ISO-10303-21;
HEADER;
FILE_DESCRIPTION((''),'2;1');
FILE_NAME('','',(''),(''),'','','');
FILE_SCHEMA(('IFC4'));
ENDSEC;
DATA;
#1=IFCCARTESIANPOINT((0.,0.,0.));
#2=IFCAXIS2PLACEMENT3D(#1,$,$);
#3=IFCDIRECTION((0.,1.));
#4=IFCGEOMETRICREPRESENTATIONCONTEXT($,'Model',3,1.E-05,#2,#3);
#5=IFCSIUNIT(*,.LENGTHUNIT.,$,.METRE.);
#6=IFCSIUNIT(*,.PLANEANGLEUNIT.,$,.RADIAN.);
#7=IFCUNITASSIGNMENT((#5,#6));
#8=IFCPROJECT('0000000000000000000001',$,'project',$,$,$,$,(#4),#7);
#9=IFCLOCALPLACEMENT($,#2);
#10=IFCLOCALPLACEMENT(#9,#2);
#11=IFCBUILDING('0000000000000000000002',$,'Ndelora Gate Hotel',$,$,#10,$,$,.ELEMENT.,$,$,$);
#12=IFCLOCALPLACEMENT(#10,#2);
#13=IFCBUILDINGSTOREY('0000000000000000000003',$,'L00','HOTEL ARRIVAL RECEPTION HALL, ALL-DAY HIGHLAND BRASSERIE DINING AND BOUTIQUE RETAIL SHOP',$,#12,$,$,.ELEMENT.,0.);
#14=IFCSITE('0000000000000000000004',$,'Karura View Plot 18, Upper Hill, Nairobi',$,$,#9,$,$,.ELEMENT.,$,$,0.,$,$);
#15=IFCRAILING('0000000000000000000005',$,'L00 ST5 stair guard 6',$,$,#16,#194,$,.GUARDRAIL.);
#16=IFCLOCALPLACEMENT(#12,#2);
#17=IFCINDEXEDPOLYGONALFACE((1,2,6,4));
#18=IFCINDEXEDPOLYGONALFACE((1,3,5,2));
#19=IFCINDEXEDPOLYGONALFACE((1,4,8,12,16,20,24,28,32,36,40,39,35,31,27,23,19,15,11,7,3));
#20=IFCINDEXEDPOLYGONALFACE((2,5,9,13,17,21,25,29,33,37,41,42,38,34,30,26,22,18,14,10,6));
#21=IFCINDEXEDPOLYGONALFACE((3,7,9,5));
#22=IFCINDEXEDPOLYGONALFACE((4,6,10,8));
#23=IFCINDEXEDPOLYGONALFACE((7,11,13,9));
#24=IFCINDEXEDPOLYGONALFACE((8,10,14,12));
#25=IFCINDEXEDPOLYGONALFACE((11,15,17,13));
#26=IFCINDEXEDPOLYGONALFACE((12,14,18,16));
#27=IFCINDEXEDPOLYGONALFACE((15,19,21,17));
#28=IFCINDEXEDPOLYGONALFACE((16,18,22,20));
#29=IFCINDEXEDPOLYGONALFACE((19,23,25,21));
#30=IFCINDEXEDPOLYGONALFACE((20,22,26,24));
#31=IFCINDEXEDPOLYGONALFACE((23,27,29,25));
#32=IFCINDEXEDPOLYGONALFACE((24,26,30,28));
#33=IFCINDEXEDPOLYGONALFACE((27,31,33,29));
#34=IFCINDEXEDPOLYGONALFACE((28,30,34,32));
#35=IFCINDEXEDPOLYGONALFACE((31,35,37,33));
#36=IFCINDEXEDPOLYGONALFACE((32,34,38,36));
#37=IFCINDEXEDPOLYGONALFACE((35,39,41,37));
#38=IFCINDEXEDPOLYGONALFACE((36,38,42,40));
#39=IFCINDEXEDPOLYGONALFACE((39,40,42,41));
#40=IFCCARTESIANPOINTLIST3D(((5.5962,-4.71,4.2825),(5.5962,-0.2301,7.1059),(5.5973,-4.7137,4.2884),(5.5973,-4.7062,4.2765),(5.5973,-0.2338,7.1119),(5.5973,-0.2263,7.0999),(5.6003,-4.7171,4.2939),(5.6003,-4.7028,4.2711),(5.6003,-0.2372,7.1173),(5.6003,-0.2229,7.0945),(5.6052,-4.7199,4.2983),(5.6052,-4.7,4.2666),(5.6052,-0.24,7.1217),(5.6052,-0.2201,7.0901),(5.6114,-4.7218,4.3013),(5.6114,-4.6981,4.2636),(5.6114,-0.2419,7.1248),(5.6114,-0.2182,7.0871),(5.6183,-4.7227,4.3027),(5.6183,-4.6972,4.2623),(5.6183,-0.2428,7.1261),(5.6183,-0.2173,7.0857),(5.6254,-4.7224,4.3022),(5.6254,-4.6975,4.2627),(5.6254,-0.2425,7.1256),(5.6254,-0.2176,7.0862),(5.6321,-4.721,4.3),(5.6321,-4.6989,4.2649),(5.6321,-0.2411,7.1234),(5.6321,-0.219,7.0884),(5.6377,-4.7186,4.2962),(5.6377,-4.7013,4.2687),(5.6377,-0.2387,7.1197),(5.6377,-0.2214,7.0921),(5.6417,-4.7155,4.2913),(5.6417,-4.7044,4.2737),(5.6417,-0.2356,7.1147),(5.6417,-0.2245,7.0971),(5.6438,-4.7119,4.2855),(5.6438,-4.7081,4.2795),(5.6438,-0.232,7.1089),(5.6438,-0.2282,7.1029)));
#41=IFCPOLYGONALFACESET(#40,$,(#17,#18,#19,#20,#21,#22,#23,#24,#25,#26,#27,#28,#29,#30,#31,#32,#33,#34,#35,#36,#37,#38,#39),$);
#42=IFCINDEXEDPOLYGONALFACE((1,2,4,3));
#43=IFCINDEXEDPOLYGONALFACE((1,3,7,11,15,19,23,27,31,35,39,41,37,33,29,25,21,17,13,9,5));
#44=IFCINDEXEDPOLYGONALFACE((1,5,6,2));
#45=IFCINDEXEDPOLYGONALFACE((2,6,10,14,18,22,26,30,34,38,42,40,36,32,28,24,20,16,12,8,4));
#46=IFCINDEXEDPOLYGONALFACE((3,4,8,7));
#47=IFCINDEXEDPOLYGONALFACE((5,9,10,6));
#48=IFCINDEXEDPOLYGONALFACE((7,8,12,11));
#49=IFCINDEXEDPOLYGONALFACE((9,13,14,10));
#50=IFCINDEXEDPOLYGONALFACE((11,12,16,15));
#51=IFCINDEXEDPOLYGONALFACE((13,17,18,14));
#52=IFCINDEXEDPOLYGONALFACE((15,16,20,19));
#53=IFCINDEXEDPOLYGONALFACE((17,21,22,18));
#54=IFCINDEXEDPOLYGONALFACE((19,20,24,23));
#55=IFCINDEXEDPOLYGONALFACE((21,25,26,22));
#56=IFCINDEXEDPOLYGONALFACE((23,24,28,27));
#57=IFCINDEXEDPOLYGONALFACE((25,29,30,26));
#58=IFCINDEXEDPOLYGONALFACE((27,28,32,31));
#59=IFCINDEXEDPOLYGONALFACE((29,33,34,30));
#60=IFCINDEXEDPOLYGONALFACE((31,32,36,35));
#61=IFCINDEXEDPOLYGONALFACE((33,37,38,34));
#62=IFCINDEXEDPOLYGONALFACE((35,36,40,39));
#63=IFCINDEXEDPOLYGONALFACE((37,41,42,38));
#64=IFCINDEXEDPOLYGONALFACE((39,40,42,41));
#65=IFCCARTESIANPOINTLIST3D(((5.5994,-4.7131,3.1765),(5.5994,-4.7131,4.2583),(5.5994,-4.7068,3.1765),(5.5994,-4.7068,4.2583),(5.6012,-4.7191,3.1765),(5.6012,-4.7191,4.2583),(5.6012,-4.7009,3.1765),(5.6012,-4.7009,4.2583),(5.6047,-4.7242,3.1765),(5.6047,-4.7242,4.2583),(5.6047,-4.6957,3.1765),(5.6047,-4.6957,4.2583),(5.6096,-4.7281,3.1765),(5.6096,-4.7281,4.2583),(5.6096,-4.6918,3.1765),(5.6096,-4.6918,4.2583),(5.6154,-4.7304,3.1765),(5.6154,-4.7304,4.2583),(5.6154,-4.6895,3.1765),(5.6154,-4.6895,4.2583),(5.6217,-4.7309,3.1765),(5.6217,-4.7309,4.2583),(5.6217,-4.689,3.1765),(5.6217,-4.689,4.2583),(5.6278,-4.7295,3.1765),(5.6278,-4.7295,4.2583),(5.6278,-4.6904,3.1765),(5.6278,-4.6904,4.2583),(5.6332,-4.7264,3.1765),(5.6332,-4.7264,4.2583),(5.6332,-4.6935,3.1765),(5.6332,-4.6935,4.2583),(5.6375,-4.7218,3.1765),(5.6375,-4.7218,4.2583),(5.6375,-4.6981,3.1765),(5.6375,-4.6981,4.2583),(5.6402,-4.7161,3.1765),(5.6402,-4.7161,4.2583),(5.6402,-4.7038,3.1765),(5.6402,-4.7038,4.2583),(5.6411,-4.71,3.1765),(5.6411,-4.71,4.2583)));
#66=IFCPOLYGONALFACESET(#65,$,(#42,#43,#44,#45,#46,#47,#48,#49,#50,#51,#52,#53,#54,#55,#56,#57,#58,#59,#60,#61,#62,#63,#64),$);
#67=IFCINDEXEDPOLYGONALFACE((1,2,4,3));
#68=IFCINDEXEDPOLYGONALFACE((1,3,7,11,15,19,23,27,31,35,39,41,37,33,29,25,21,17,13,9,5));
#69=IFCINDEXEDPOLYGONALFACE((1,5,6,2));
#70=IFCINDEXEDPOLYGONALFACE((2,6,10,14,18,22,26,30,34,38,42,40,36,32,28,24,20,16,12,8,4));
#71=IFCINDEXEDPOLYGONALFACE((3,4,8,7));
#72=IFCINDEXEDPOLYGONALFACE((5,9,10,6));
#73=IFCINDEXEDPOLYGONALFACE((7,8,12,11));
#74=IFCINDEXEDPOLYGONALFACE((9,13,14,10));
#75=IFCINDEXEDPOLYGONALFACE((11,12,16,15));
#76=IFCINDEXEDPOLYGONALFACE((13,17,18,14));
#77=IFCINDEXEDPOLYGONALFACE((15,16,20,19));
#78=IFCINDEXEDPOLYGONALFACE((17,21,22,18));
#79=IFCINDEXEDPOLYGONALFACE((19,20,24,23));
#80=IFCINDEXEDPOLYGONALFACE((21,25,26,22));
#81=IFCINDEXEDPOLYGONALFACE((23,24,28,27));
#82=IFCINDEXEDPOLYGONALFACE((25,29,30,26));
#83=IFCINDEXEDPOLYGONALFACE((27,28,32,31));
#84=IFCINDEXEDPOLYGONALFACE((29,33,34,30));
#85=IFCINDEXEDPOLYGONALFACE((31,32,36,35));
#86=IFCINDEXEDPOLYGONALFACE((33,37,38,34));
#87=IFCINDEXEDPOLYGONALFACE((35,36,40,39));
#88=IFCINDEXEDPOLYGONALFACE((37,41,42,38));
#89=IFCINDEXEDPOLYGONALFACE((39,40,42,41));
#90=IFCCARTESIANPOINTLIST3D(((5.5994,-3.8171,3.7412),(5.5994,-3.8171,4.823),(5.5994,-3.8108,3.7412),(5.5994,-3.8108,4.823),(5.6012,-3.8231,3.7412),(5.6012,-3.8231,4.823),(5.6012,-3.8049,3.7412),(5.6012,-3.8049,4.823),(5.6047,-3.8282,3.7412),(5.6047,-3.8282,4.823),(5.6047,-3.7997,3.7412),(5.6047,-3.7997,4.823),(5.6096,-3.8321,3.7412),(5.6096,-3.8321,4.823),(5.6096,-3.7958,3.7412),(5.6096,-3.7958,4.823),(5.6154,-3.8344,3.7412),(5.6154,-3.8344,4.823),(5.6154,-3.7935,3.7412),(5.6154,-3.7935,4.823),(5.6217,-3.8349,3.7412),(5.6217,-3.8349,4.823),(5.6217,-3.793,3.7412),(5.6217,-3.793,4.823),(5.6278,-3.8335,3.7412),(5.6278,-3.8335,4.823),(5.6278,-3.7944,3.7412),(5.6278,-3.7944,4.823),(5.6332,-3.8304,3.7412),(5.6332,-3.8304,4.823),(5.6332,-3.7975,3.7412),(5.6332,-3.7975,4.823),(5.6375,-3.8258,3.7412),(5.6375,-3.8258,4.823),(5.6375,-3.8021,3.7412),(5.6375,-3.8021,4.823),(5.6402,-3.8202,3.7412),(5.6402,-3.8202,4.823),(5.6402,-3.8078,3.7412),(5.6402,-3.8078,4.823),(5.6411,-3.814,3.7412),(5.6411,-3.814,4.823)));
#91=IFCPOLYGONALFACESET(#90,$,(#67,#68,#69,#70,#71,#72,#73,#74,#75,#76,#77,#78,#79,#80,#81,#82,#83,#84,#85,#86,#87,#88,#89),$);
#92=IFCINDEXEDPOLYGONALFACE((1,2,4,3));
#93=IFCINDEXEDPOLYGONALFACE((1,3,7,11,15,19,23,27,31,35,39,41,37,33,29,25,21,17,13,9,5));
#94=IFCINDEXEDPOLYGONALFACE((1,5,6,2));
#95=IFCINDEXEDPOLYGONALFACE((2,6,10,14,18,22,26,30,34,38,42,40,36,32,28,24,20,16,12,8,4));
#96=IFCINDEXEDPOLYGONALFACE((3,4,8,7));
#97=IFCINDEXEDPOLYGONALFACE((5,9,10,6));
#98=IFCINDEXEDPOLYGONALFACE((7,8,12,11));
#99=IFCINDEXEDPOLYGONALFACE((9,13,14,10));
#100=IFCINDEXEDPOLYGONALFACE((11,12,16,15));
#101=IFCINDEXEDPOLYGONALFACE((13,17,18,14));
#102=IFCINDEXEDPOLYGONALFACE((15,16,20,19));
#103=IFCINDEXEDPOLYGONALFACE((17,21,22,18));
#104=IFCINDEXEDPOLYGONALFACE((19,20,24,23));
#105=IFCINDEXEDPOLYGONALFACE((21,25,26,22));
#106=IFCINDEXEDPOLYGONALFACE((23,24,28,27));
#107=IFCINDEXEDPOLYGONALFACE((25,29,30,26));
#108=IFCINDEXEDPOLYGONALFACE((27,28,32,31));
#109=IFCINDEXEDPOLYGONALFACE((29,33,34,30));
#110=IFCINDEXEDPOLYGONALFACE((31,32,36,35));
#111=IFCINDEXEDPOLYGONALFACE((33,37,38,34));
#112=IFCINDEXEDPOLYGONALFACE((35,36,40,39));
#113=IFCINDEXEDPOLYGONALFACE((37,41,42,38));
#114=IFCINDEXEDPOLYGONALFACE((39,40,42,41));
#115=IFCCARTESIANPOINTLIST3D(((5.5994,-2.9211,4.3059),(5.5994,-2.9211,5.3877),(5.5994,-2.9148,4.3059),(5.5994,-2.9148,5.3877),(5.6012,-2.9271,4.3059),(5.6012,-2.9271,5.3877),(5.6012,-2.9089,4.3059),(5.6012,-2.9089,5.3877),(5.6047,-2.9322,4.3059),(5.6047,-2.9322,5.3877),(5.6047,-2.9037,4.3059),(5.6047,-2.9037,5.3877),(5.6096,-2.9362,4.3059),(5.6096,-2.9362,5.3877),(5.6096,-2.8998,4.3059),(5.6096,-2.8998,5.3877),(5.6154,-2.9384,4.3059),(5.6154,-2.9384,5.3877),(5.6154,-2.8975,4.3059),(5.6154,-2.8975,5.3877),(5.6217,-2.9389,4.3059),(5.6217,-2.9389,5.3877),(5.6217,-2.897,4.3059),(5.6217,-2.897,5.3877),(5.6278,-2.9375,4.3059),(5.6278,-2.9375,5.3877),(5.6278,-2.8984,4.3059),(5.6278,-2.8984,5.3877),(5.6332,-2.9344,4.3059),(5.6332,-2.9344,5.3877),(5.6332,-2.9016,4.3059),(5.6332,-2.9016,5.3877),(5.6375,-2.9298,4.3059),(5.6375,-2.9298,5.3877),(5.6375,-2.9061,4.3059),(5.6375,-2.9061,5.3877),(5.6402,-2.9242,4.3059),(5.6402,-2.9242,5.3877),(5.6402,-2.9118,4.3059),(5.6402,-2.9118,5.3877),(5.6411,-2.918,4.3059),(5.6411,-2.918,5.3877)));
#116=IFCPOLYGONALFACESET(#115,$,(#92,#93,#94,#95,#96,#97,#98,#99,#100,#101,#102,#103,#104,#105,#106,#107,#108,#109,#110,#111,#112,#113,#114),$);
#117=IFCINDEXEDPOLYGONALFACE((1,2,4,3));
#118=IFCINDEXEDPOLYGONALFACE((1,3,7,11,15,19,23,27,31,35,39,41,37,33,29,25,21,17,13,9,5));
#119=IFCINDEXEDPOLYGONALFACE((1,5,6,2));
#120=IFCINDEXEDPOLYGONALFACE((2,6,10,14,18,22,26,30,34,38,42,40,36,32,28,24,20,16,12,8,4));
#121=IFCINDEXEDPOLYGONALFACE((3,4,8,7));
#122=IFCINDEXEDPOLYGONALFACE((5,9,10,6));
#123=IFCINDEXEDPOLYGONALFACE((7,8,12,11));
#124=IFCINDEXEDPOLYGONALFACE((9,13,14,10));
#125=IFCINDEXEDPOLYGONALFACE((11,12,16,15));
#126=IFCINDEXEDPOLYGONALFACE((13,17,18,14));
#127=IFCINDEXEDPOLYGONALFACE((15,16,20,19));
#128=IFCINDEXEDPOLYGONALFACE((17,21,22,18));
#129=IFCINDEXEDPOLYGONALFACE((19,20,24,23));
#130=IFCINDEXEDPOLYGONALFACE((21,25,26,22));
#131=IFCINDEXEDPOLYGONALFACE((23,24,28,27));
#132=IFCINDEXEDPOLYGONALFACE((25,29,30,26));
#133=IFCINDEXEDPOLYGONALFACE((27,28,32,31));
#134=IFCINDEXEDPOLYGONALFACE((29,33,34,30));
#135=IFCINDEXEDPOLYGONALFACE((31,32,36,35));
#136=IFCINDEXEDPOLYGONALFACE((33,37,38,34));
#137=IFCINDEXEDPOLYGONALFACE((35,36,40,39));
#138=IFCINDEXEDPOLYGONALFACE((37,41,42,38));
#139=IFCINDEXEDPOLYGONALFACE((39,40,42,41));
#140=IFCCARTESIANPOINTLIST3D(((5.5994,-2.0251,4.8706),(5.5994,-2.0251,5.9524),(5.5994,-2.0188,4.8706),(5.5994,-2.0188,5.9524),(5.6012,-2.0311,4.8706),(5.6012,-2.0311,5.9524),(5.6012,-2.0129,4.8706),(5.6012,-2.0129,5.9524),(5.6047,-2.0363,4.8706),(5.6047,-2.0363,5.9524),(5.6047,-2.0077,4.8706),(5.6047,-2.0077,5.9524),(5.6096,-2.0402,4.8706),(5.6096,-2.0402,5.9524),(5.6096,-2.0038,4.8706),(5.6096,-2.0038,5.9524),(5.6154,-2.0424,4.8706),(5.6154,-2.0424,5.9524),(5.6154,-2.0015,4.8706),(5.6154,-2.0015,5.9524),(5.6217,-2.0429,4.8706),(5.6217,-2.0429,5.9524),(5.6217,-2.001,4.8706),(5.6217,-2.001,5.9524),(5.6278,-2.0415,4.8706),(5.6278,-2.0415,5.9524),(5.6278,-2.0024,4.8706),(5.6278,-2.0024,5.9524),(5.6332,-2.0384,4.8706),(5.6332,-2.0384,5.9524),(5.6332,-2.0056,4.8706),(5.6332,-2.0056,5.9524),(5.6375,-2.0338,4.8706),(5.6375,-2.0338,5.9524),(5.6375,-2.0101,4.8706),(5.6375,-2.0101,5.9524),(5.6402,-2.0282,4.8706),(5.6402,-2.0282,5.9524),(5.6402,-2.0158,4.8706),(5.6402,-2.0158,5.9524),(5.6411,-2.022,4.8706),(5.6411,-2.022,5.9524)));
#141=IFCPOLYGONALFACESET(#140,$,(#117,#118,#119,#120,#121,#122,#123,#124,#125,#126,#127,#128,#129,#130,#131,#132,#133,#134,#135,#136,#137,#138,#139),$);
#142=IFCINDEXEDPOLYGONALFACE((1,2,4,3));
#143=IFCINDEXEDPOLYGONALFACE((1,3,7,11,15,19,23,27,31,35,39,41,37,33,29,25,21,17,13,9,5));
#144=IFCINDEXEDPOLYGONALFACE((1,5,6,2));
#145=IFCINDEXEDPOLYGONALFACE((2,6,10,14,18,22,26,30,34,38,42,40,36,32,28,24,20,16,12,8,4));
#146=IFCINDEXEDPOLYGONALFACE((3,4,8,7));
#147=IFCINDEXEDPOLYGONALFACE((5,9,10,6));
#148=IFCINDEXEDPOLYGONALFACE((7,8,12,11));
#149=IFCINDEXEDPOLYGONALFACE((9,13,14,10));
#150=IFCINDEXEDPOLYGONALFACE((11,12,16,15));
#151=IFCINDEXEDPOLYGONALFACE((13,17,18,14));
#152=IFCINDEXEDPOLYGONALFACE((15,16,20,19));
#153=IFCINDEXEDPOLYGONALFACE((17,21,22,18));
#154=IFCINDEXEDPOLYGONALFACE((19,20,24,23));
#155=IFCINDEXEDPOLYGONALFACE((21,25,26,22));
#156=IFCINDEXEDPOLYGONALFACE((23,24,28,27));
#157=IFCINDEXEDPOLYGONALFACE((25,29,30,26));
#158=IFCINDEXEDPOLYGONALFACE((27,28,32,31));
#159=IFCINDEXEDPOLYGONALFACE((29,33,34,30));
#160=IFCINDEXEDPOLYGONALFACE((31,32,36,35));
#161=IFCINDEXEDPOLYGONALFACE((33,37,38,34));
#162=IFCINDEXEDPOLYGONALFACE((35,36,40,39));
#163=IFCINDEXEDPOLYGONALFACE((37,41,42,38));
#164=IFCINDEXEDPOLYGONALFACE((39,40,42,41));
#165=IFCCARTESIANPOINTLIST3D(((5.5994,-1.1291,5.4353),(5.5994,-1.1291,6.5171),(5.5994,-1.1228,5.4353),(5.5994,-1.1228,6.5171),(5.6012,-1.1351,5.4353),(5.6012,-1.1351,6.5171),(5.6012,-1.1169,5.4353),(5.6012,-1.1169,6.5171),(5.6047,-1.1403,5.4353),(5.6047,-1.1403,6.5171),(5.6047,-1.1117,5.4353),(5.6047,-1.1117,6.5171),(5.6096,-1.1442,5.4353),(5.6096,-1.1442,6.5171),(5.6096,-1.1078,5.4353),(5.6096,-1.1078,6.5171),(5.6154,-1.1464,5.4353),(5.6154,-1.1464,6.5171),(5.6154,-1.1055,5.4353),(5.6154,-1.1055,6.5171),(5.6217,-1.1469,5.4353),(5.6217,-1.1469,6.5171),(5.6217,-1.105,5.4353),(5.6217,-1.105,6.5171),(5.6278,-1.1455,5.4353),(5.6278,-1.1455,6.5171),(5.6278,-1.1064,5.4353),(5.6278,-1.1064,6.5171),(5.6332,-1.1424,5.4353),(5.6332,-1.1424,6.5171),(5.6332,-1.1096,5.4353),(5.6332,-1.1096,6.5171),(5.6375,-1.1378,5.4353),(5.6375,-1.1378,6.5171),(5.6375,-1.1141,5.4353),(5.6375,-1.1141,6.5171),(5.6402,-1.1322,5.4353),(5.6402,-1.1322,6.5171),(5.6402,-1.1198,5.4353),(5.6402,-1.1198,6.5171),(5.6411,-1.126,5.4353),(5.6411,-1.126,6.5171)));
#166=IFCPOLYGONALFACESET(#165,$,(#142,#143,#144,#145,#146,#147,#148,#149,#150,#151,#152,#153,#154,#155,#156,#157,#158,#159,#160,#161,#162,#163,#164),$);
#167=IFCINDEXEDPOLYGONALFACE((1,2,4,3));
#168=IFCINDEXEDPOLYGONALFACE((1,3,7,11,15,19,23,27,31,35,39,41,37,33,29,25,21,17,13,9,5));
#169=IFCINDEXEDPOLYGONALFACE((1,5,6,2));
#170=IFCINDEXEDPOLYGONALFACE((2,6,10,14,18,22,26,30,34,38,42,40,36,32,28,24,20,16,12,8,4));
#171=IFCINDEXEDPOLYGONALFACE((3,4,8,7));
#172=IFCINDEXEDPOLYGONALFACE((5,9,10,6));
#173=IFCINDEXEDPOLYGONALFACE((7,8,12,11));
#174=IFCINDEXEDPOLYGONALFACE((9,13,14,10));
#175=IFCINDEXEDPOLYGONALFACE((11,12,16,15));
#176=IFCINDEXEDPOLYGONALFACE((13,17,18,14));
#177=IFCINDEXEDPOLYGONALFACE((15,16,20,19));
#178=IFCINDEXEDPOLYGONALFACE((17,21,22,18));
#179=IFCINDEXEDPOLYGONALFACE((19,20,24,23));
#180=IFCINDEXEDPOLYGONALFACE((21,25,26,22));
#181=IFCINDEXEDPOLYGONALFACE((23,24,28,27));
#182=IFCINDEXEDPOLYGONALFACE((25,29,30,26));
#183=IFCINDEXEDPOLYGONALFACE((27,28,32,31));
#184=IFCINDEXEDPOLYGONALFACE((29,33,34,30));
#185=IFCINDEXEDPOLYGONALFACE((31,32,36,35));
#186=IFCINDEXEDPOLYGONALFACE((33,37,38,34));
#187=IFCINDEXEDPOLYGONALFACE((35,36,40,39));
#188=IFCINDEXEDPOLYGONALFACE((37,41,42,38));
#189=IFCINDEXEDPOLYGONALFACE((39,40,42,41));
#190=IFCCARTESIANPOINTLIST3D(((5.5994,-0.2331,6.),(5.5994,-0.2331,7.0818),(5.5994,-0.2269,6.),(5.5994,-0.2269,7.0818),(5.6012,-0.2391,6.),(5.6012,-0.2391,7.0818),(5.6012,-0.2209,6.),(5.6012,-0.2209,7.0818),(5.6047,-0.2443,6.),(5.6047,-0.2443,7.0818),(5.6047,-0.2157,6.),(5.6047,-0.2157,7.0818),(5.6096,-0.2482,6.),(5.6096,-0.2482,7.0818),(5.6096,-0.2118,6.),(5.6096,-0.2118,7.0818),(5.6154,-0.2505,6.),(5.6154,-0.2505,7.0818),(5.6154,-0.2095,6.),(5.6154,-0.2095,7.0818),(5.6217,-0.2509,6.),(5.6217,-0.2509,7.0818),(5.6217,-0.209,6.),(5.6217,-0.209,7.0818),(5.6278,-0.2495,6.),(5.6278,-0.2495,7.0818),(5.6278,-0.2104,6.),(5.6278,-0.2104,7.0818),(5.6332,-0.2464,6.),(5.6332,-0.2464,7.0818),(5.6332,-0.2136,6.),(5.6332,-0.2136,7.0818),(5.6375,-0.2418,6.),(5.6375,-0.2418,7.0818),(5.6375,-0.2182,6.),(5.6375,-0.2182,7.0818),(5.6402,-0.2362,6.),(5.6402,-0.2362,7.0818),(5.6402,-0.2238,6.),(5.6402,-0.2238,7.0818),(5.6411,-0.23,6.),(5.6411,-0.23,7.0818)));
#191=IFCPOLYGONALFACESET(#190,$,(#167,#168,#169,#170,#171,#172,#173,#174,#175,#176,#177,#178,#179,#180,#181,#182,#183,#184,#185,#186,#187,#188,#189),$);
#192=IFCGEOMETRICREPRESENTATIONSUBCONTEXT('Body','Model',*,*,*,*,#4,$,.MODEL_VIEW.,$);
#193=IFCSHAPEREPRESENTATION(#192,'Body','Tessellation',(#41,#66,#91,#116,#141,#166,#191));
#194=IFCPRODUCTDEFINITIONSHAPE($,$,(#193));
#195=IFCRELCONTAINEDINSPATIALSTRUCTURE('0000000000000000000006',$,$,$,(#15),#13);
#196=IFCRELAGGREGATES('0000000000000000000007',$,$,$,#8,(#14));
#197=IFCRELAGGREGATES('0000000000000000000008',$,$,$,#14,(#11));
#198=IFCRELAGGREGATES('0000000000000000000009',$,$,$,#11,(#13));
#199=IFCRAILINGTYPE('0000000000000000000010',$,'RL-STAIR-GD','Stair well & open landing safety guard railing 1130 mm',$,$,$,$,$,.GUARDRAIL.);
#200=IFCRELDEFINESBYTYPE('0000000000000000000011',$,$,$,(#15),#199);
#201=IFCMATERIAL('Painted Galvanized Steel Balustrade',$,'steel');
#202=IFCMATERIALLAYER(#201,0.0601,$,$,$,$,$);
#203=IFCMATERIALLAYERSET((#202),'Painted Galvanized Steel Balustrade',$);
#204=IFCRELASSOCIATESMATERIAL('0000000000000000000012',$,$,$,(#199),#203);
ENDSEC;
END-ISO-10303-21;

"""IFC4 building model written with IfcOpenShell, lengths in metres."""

from ifc_helpers import new_model, si_unit, direction, frame, origin, origin_2d, place, context, subcontext, project, spatial, circle, extrude, material, layer, layer_set, type_object, element, save


model = new_model("IFC4")

# Units and contexts
model_context = context("Model", 3, precision=1e-05, world=origin(), true_north=direction((0.0, 1.0)))
body_context = subcontext(model_context, "Body", "Model", "MODEL_VIEW")
ifc_project = project(units=[si_unit("LENGTHUNIT", "METRE"), si_unit("PLANEANGLEUNIT", "RADIAN")], contexts=[model_context])

# Site, building, storey
site_placement = place(None, origin())
site = spatial("IfcSite", under=ifc_project, at=site_placement, Name="Karura View Plot 18, Upper Hill, Nairobi", CompositionType="ELEMENT", RefElevation=0.0)
building_placement = place(site_placement, origin())
building = spatial("IfcBuilding", under=site, at=building_placement, Name="Ndelora Gate Hotel", CompositionType="ELEMENT")
storey_placement = place(building_placement, origin())
storey = spatial("IfcBuildingStorey", under=building, at=storey_placement, Name="L00", Description="HOTEL ARRIVAL RECEPTION HALL, ALL-DAY HIGHLAND BRASSERIE DINING AND BOUTIQUE RETAIL SHOP", CompositionType="ELEMENT", Elevation=0.0)

# Railing
ifc_material_1 = material(Name="Painted Galvanized Steel Balustrade", Category="steel")
ifc_layer_1 = layer(ifc_material_1, 0.0601)
ifc_layer_set_1 = layer_set([ifc_layer_1], Name="Painted Galvanized Steel Balustrade")
railing_type_1 = type_object("IfcRailingType", Name="RL-STAIR-GD", Description="Stair well & open landing safety guard railing 1130 mm", PredefinedType="GUARDRAIL", material=ifc_layer_set_1)
railing_1_placement = place(storey_placement, frame((5.6201, -4.71, 3.1765)))
element("IfcRailing", 1, at=railing_1_placement, inside=storey, type_object=railing_type_1, Name="L00 ST5 stair guard 6", PredefinedType="GUARDRAIL", context=body_context, shape_type="SweptSolid", body=[
    extrude(circle(Radius=0.0239, at=origin_2d()), frame((0.0, 0.0, 1.106), z_axis=(0.0, 0.845998, 0.533186), x_axis=(-1.0, 0.0, 0.0)), (0.0, 0.0, 1.0), 5.2954),
    extrude(circle(Radius=0.021, at=origin_2d()), origin(), (0.0, 0.0, 1.0), 1.0818),
    extrude(circle(Radius=0.021, at=origin_2d()), frame((0.0, 0.896, 0.5647)), (0.0, 0.0, 1.0), 1.0818),
    extrude(circle(Radius=0.021, at=origin_2d()), frame((0.0, 1.792, 1.1294)), (0.0, 0.0, 1.0), 1.0818),
    extrude(circle(Radius=0.021, at=origin_2d()), frame((0.0, 2.688, 1.6941)), (0.0, 0.0, 1.0), 1.0818),
    extrude(circle(Radius=0.021, at=origin_2d()), frame((0.0, 3.584, 2.2588)), (0.0, 0.0, 1.0), 1.0818),
    extrude(circle(Radius=0.021, at=origin_2d()), frame((0.0, 4.48, 2.8235)), (0.0, 0.0, 1.0), 1.0818),
])

save(model, "model.ifc")
